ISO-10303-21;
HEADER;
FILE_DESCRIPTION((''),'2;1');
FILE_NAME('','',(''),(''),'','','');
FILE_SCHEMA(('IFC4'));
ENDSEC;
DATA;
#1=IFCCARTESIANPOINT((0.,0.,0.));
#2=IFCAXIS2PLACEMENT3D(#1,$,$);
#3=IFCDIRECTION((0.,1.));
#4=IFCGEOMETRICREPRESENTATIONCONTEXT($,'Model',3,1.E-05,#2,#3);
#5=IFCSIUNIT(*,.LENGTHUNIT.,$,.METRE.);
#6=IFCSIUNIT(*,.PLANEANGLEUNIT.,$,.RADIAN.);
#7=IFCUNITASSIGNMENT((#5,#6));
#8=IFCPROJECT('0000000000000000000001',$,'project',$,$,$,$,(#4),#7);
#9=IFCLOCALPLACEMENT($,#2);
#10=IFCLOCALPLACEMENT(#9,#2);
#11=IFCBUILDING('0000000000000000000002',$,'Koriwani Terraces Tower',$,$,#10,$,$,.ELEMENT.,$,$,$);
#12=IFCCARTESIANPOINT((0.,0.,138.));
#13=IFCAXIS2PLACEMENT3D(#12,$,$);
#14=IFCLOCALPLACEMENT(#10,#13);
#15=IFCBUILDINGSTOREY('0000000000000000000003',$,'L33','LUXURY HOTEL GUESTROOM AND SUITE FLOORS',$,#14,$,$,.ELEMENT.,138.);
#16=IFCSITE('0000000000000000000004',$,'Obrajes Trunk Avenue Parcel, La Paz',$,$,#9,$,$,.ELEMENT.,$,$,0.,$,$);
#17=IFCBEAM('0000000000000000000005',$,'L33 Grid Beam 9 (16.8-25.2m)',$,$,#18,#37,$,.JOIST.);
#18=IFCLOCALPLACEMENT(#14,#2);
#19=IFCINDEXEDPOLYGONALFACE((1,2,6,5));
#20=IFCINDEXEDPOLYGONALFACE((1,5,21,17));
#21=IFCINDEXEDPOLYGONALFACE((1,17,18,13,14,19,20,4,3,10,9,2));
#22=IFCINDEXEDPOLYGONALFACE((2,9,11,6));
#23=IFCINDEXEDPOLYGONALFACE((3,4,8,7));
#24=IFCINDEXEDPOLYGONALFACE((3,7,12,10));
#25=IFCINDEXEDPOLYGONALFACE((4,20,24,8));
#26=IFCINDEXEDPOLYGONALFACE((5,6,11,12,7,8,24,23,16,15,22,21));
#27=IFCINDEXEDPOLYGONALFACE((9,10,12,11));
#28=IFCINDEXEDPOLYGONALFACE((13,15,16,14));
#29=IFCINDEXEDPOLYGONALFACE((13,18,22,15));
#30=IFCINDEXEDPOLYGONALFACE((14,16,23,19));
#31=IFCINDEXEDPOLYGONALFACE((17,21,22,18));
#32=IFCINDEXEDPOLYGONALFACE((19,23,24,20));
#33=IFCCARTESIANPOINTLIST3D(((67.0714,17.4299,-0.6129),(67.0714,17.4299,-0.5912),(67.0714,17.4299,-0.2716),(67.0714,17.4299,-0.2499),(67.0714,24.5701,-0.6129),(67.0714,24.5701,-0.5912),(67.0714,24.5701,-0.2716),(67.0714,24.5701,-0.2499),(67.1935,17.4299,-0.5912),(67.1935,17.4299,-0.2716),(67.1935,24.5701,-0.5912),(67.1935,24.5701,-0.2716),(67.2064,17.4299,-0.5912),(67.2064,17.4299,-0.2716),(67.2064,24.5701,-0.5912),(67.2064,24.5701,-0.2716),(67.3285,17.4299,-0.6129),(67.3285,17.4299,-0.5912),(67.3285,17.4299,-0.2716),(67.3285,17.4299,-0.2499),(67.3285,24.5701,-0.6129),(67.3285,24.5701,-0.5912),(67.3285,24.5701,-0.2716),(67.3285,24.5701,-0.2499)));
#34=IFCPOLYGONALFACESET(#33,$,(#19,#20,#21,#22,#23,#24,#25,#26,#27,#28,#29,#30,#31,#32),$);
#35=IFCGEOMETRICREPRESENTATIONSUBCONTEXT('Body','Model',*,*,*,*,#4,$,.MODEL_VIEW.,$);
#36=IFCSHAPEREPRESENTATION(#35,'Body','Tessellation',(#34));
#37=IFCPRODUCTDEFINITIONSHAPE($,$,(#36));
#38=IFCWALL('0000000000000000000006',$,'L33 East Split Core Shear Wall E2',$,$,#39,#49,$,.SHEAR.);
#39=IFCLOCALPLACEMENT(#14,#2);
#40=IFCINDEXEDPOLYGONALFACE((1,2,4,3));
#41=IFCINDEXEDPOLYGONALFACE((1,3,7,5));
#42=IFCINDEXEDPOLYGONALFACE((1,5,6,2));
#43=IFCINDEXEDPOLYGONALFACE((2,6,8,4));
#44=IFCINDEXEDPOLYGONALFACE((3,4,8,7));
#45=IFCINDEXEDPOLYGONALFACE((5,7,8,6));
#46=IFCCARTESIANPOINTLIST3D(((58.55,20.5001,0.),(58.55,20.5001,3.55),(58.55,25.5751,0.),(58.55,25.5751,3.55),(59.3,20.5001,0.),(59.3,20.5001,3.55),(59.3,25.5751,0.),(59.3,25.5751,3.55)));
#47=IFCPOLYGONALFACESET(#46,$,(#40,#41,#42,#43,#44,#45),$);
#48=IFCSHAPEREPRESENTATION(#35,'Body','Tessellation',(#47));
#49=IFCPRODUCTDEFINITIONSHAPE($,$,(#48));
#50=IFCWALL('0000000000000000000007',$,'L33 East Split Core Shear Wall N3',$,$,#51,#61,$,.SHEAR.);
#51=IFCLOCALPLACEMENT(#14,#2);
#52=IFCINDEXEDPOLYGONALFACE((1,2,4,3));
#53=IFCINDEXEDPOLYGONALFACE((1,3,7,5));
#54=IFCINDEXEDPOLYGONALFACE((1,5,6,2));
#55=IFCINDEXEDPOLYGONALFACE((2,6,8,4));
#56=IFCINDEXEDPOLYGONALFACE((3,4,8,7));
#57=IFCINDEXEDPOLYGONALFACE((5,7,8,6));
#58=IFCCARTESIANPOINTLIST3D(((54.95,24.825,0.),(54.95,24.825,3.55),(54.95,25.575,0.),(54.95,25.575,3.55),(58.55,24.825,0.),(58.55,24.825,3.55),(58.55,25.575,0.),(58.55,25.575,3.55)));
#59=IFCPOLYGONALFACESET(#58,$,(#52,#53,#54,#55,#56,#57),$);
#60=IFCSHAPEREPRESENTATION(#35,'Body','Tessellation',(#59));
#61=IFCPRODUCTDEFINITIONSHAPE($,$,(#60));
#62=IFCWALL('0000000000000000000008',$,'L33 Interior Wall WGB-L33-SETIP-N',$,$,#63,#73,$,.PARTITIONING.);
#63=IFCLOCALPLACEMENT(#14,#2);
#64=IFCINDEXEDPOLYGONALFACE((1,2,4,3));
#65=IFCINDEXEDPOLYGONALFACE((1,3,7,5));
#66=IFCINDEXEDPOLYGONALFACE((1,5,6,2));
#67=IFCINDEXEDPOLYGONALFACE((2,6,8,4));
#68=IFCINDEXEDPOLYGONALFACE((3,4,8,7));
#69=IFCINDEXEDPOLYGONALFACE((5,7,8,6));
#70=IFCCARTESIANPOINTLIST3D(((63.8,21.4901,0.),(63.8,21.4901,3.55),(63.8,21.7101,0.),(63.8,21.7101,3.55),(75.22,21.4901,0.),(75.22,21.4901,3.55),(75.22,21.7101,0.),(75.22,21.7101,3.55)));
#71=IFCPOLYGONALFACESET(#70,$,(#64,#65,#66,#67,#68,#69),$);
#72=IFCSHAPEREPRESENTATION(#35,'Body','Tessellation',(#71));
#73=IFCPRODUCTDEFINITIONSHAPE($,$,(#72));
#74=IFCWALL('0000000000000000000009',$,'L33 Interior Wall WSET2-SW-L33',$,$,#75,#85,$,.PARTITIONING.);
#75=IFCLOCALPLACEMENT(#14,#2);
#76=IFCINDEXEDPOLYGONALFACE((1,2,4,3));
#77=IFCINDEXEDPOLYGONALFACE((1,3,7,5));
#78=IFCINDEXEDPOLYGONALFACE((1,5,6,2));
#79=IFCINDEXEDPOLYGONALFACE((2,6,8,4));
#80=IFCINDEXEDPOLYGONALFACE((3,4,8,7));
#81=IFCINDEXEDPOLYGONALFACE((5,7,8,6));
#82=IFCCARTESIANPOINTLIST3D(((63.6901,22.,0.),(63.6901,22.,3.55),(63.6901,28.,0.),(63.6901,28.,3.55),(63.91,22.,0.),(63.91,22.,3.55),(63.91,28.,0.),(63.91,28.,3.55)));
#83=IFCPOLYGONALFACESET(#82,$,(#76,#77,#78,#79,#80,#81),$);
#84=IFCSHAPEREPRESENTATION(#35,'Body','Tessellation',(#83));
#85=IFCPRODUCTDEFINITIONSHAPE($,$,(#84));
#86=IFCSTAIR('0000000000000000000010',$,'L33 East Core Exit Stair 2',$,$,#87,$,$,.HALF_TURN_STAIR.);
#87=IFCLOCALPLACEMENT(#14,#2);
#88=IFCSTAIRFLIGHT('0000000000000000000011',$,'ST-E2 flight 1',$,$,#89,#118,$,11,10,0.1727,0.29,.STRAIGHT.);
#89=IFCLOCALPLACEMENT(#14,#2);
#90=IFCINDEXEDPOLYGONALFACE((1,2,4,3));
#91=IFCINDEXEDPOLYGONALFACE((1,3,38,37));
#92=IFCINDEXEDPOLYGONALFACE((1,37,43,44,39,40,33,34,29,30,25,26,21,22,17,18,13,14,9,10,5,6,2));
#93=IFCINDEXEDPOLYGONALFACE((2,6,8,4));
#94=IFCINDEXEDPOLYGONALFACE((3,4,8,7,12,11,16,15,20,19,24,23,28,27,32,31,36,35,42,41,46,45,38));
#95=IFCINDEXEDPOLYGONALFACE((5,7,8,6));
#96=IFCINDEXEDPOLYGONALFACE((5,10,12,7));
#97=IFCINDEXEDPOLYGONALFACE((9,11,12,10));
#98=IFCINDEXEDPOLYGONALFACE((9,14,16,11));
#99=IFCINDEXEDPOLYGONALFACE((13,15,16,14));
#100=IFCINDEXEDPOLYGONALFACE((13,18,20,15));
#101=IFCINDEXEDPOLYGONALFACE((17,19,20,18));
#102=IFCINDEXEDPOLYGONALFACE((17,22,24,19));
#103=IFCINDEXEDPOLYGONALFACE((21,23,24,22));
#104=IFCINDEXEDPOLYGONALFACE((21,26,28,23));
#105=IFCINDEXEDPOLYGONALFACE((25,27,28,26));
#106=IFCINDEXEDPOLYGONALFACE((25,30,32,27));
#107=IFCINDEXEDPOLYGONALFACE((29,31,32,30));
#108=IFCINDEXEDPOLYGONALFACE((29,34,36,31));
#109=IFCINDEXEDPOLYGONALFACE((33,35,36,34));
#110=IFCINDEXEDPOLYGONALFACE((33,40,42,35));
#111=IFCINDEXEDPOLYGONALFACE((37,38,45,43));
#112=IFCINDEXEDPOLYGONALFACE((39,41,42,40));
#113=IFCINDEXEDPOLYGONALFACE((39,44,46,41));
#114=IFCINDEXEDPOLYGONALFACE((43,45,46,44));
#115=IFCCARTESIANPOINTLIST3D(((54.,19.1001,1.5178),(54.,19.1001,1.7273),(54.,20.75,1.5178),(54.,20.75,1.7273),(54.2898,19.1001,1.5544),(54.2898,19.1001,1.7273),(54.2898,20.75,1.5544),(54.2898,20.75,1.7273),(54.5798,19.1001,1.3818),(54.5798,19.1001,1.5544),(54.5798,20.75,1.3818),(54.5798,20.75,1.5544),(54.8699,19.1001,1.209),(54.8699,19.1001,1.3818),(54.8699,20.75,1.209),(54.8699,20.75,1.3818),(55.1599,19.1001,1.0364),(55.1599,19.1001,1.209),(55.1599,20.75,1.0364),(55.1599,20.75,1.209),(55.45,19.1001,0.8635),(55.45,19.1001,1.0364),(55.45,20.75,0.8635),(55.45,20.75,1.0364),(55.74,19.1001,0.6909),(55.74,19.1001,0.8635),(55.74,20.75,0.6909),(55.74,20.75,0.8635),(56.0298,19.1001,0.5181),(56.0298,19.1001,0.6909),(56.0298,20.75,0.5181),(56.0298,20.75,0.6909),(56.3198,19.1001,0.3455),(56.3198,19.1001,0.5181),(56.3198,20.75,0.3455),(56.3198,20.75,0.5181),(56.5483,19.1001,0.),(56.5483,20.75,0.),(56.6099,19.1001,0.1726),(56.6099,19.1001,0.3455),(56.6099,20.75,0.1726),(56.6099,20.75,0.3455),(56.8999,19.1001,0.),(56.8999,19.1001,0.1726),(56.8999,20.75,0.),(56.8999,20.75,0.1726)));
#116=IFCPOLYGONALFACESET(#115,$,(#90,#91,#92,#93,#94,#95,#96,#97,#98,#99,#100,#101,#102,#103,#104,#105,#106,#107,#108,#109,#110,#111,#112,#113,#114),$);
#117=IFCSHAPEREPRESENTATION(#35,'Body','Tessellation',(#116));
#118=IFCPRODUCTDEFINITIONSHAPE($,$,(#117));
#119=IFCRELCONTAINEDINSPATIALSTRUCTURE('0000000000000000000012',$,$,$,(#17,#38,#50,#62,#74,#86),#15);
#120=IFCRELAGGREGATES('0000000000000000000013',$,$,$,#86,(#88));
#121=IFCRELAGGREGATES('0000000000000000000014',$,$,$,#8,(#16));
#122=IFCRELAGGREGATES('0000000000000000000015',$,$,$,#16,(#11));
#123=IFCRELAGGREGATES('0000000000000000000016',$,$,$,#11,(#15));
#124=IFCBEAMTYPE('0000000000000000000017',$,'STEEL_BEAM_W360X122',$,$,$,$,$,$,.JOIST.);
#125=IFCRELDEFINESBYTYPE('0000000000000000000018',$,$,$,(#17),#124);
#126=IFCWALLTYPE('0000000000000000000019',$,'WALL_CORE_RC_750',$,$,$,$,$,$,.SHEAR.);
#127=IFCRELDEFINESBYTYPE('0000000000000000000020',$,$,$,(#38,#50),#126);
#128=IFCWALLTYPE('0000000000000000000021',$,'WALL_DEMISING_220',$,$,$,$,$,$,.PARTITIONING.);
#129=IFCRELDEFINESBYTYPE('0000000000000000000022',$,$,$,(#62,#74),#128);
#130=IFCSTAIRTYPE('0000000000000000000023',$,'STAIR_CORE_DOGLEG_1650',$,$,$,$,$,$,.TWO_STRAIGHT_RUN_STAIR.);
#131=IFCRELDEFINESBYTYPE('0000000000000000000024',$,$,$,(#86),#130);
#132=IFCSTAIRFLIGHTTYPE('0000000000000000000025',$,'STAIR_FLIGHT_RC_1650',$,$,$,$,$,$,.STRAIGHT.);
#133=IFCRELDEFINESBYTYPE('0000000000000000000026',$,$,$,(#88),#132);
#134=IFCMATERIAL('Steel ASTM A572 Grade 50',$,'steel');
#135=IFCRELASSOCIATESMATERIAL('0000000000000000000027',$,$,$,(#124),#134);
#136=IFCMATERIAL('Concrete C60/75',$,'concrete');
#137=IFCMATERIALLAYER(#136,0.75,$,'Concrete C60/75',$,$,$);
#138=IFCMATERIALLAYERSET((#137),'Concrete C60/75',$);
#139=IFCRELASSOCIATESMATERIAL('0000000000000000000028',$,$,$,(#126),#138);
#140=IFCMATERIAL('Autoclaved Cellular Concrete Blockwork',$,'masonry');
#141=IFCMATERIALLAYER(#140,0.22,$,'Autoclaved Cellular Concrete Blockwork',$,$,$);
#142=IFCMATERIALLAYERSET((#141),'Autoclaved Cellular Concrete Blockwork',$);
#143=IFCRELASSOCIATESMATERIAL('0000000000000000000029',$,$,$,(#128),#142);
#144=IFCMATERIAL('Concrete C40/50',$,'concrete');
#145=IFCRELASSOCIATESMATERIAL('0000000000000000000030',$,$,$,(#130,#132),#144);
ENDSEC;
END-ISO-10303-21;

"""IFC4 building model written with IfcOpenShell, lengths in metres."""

from ifc_helpers import new_model, si_unit, direction, frame, frame_2d, origin, origin_2d, place, context, subcontext, project, spatial, polyline, rectangle, i_section, outline, extrude, material, layer, layer_set, material_profile, profile_set, type_object, element, aggregate, save


model = new_model("IFC4")

# Units and contexts
model_context = context("Model", 3, precision=1e-05, world=origin(), true_north=direction((0.0, 1.0)))
body_context = subcontext(model_context, "Body", "Model", "MODEL_VIEW")
ifc_project = project(units=[si_unit("LENGTHUNIT", "METRE"), si_unit("PLANEANGLEUNIT", "RADIAN")], contexts=[model_context])

# Site, building, storey
site_placement = place(None, origin())
site = spatial("IfcSite", under=ifc_project, at=site_placement, Name="Obrajes Trunk Avenue Parcel, La Paz", CompositionType="ELEMENT", RefElevation=0.0)
building_placement = place(site_placement, origin())
building = spatial("IfcBuilding", under=site, at=building_placement, Name="Koriwani Terraces Tower", CompositionType="ELEMENT")
storey_placement = place(building_placement, frame((0.0, 0.0, 138.0)))
storey = spatial("IfcBuildingStorey", under=building, at=storey_placement, Name="L33", Description="LUXURY HOTEL GUESTROOM AND SUITE FLOORS", CompositionType="ELEMENT", Elevation=138.0)

# Shared definitions
ifc_material_1 = material(Name="Concrete C60/75", Category="concrete")

# Beam
ifc_material_2 = material(Name="Concrete C40/50", Category="concrete")
ifc_material_3 = material(Name="Steel ASTM A572 Grade 50", Category="steel")
ifc_material_profile_1 = material_profile(ifc_material_3, i_section(OverallWidth=0.2571, OverallDepth=0.363, WebThickness=0.0129, FlangeThickness=0.0217, at=origin_2d()), Name="Steel ASTM A572 Grade 50", Category="LoadBearing")
ifc_profile_set_1 = profile_set([ifc_material_profile_1], Name="Steel ASTM A572 Grade 50")
beam_type_1 = type_object("IfcBeamType", Name="STEEL_BEAM_W360X122", PredefinedType="JOIST", material=ifc_profile_set_1)
beam_1_placement = place(storey_placement, frame((67.2, 17.4299, -0.4314), z_axis=(0.0, 1.0, 0.0), x_axis=(-1.0, 0.0, 0.0)))
element("IfcBeam", 1, at=beam_1_placement, inside=storey, type_object=beam_type_1, Name="L33 Grid Beam 9 (16.8-25.2m)", PredefinedType="JOIST", context=body_context, shape_type="SweptSolid", body=[
    extrude(i_section(OverallWidth=0.2571, OverallDepth=0.363, WebThickness=0.0129, FlangeThickness=0.0217, at=origin_2d()), origin(), (0.0, 0.0, 1.0), 7.1401),
])

# Walls
ifc_layer_1 = layer(ifc_material_1, 0.75, Name="Concrete C60/75")
ifc_layer_set_1 = layer_set([ifc_layer_1], Name="Concrete C60/75")
wall_type_1 = type_object("IfcWallType", Name="WALL_CORE_RC_750", PredefinedType="SHEAR", material=ifc_layer_set_1)
wall_1_placement = place(storey_placement, frame((58.925, 20.5, 0.0), z_axis=(0.0, 0.0, 1.0), x_axis=(0.0, 1.0, 0.0)))
element("IfcWall", 2, at=wall_1_placement, inside=storey, type_object=wall_type_1, Name="L33 East Split Core Shear Wall E2", PredefinedType="SHEAR", context=body_context, shape_type="SweptSolid", body=[
    extrude(rectangle(XDim=5.075, YDim=0.75, at=frame_2d((2.5376, 0.0))), origin(), (0.0, 0.0, 1.0), 3.55),
])
wall_2_placement = place(storey_placement, frame((54.95, 25.2, 0.0), z_axis=(0.0, 0.0, 1.0), x_axis=(1.0, 0.0, 0.0)))
element("IfcWall", 3, at=wall_2_placement, inside=storey, type_object=wall_type_1, Name="L33 East Split Core Shear Wall N3", PredefinedType="SHEAR", context=body_context, shape_type="SweptSolid", body=[
    extrude(rectangle(XDim=3.6001, YDim=0.75, at=frame_2d((1.8, 0.0))), origin(), (0.0, 0.0, 1.0), 3.55),
])
ifc_material_4 = material(Name="Autoclaved Cellular Concrete Blockwork", Category="masonry")
ifc_layer_2 = layer(ifc_material_4, 0.22, Name="Autoclaved Cellular Concrete Blockwork")
ifc_layer_set_2 = layer_set([ifc_layer_2], Name="Autoclaved Cellular Concrete Blockwork")
wall_type_2 = type_object("IfcWallType", Name="WALL_DEMISING_220", PredefinedType="PARTITIONING", material=ifc_layer_set_2)
wall_3_placement = place(storey_placement, frame((63.8, 21.6001, 0.0), z_axis=(0.0, 0.0, 1.0), x_axis=(1.0, 0.0, 0.0)))
element("IfcWall", 4, at=wall_3_placement, inside=storey, type_object=wall_type_2, Name="L33 Interior Wall WGB-L33-SETIP-N", PredefinedType="PARTITIONING", context=body_context, shape_type="SweptSolid", body=[
    extrude(rectangle(XDim=11.4199, YDim=0.22, at=frame_2d((5.71, 0.0))), origin(), (0.0, 0.0, 1.0), 3.55),
])
wall_4_placement = place(storey_placement, frame((63.8, 22.0, 0.0), z_axis=(0.0, 0.0, 1.0), x_axis=(0.0, 1.0, 0.0)))
element("IfcWall", 5, at=wall_4_placement, inside=storey, type_object=wall_type_2, Name="L33 Interior Wall WSET2-SW-L33", PredefinedType="PARTITIONING", context=body_context, shape_type="SweptSolid", body=[
    extrude(rectangle(XDim=6.0, YDim=0.22, at=frame_2d((3.0, 0.0))), origin(), (0.0, 0.0, 1.0), 3.55),
])

# Stair, stair flight
stair_type = type_object("IfcStairType", Name="STAIR_CORE_DOGLEG_1650", PredefinedType="TWO_STRAIGHT_RUN_STAIR", material=ifc_material_2)
stair_placement = place(storey_placement, origin())
stair = element("IfcStair", 6, at=stair_placement, inside=storey, type_object=stair_type, Name="L33 East Core Exit Stair 2", PredefinedType="HALF_TURN_STAIR")
stair_flight_type = type_object("IfcStairFlightType", Name="STAIR_FLIGHT_RC_1650", PredefinedType="STRAIGHT", material=ifc_material_2)
stair_flight_placement = place(storey_placement, frame((56.8999, 19.925, 0.0), z_axis=(0.0, 0.0, 1.0), x_axis=(-1.0, 0.0, 0.0)))
stair_flight = element("IfcStairFlight", 7, at=stair_flight_placement, type_object=stair_flight_type, Name="ST-E2 flight 1", NumberOfRisers=11, NumberOfTreads=10, PredefinedType="STRAIGHT", RiserHeight=0.1727, TreadLength=0.29, context=body_context, shape_type="SweptSolid", body=[
    extrude(outline(polyline([(0.0, 0.0), (0.0, 0.1726), (0.29, 0.1726), (0.29, 0.3455), (0.5801, 0.3455), (0.5801, 0.5181), (0.8701, 0.5181), (0.8701, 0.6909), (1.1599, 0.6909), (1.1599, 0.8635), (1.45, 0.8635), (1.45, 1.0364), (1.74, 1.0364), (1.74, 1.209), (2.03, 1.209), (2.03, 1.3818), (2.3201, 1.3818), (2.3201, 1.5544), (2.6101, 1.5544), (2.6101, 1.7273), (2.8999, 1.7273), (2.8999, 1.8999), (2.8999, 1.5178), (0.3516, 0.0), (0.0, 0.0)])), frame((0.0, 0.825, 0.0), z_axis=(0.0, -1.0, 0.0), x_axis=(1.0, 0.0, 0.0)), (0.0, 0.0, 1.0), 1.6499),
])
aggregate(stair, [stair_flight])

save(model, "model.ifc")
